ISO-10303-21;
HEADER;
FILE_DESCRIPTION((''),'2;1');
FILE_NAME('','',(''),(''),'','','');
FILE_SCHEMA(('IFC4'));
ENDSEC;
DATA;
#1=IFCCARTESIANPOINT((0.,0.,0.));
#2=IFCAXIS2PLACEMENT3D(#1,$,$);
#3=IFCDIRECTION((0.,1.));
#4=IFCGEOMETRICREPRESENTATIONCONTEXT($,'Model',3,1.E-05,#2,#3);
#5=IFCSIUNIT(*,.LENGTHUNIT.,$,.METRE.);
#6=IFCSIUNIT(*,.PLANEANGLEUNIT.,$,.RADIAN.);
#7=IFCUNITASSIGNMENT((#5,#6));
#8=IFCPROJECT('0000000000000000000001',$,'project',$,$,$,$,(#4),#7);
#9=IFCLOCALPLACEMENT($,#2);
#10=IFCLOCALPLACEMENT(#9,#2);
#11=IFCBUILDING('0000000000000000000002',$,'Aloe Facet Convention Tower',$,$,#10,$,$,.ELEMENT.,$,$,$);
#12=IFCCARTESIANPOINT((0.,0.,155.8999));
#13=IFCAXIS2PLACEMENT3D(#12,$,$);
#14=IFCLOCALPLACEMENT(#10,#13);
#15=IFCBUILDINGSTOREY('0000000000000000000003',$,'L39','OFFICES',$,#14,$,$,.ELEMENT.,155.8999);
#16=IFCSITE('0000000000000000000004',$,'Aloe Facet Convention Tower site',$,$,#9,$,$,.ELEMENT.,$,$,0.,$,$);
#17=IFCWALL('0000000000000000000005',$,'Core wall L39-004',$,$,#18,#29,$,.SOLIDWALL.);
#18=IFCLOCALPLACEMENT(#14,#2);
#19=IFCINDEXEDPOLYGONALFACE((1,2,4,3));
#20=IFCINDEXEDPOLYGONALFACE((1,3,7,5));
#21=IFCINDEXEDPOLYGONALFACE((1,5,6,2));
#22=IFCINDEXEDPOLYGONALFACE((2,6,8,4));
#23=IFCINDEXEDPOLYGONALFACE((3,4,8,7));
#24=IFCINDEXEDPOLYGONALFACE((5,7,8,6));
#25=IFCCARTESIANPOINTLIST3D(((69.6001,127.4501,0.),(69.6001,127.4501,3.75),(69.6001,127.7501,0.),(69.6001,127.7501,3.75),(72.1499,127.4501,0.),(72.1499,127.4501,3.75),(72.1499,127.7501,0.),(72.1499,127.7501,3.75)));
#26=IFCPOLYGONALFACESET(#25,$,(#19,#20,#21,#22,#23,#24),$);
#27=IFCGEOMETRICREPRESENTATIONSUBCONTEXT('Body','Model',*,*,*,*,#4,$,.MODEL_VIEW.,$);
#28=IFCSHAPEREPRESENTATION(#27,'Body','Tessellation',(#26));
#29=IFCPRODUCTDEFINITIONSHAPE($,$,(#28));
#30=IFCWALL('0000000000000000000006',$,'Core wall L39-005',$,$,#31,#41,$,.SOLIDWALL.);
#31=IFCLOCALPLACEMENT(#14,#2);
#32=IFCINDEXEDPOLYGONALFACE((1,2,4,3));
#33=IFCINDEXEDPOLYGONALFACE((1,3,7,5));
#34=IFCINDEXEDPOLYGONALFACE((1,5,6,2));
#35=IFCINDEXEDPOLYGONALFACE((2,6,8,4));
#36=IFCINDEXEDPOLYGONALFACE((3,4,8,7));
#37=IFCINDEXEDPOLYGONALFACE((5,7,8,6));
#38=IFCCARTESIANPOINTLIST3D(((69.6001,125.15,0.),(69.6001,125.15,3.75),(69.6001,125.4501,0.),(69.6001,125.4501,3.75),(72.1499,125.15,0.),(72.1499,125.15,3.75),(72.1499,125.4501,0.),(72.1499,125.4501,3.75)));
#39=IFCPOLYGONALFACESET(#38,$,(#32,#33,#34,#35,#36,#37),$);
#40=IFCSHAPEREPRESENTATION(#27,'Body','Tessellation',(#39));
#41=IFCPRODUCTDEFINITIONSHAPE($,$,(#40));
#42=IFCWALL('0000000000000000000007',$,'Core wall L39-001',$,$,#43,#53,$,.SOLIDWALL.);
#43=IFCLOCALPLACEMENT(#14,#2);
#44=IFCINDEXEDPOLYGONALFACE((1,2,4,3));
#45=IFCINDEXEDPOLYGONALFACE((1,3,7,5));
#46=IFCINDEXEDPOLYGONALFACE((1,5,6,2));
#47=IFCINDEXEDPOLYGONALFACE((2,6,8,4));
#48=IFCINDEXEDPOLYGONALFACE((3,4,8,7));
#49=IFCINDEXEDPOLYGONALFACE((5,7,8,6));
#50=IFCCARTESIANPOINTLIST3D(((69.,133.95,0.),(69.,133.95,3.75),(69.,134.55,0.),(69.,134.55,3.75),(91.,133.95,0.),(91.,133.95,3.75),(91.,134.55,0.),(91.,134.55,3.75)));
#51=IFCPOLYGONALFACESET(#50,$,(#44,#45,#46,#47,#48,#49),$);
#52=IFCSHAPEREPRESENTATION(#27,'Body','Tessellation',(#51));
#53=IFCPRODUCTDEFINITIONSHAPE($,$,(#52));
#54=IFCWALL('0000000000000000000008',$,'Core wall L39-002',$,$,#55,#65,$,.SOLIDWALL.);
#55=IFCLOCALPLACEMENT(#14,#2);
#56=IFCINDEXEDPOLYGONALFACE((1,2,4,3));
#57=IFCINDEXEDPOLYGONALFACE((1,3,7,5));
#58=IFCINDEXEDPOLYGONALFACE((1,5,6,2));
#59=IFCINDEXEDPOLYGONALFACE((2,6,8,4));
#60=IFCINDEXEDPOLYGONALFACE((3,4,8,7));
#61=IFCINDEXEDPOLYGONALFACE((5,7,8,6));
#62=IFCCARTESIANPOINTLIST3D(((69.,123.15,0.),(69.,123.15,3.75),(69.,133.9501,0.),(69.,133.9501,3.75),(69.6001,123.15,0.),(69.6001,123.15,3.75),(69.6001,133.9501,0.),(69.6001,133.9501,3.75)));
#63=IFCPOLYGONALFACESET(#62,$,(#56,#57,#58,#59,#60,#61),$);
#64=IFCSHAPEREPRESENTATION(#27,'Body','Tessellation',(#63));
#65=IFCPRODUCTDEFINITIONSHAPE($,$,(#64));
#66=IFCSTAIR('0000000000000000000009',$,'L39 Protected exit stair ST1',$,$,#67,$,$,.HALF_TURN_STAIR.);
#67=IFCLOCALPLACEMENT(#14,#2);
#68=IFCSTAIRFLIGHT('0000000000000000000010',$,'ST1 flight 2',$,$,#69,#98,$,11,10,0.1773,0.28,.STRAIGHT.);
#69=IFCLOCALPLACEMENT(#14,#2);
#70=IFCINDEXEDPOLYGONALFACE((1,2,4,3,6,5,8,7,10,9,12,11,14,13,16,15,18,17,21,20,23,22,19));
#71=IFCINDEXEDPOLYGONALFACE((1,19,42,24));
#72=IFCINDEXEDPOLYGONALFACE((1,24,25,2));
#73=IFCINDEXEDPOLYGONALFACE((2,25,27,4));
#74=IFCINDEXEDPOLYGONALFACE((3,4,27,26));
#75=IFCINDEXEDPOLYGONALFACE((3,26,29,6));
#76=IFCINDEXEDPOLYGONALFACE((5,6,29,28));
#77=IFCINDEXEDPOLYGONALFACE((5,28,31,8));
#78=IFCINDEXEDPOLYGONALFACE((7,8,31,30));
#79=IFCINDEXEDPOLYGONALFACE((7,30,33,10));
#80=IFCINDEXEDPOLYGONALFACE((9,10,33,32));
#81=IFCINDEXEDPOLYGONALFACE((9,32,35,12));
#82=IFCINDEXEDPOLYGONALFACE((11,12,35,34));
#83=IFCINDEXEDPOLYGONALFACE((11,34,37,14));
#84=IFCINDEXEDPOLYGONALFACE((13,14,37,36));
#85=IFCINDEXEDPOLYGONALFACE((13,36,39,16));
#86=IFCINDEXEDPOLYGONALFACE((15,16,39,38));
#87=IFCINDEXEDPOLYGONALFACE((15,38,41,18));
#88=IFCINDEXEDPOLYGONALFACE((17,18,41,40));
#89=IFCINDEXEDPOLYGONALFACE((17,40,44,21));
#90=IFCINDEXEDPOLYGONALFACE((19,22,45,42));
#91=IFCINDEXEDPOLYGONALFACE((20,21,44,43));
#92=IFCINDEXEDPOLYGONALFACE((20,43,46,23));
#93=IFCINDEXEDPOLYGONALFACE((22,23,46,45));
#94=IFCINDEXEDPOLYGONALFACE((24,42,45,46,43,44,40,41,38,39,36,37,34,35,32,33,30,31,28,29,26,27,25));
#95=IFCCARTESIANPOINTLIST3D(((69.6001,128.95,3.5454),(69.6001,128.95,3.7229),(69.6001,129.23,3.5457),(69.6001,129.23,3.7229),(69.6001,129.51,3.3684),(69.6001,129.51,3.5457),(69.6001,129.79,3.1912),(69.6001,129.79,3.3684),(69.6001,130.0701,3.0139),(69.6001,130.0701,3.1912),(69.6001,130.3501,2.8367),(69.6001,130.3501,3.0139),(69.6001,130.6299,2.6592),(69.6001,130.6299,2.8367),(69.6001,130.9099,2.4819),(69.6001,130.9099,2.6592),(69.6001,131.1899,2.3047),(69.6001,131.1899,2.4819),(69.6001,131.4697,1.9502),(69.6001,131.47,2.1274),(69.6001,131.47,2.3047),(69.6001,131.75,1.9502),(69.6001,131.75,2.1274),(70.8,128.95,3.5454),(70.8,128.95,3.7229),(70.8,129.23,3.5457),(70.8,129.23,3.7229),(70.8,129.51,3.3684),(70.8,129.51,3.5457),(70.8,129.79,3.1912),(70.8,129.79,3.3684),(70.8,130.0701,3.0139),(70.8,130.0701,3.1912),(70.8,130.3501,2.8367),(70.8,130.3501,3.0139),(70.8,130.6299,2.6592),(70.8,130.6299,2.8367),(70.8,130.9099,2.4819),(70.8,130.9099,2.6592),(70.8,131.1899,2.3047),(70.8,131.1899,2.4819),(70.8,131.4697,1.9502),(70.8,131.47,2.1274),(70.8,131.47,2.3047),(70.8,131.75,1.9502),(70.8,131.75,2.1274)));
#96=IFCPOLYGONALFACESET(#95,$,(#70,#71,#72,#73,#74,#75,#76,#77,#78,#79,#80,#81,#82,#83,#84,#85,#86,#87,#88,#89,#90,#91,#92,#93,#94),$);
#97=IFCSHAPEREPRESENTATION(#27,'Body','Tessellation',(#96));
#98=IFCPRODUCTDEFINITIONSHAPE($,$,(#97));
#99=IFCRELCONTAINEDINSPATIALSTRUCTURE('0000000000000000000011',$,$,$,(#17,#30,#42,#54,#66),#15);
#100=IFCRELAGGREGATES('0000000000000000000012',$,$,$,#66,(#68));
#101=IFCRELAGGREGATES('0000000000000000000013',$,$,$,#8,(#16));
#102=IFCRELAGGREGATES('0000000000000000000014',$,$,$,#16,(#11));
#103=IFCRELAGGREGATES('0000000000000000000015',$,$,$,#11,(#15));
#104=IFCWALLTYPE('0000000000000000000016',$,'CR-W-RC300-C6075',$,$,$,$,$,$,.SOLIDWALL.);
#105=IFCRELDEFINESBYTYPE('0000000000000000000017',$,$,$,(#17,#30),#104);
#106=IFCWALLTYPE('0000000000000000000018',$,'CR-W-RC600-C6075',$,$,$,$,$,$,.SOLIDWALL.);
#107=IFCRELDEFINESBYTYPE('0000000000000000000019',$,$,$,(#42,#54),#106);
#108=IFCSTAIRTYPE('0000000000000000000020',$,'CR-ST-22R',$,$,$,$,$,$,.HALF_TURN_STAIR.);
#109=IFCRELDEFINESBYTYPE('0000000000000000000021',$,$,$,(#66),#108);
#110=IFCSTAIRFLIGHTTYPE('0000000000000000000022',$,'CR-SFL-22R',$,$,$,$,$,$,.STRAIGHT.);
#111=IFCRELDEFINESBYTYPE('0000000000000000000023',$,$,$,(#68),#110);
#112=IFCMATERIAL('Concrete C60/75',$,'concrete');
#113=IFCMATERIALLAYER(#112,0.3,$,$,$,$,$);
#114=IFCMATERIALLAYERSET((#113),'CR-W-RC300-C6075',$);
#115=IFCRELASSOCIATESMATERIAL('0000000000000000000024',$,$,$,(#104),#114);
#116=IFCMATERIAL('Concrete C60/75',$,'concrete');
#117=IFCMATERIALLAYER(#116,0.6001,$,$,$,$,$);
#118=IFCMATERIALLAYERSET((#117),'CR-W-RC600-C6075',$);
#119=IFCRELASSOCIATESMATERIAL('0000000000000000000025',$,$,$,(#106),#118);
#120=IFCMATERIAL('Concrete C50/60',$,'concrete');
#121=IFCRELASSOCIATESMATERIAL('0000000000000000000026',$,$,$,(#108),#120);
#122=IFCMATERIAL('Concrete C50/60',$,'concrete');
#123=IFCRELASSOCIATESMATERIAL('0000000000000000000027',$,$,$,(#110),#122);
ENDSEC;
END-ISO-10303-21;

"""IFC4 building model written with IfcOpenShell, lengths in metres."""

from ifc_helpers import new_model, si_unit, direction, frame, frame_2d, origin, place, context, subcontext, project, spatial, polyline, rectangle, outline, extrude, material, layer, layer_set, type_object, element, aggregate, save


model = new_model("IFC4")

# Units and contexts
model_context = context("Model", 3, precision=1e-05, world=origin(), true_north=direction((0.0, 1.0)))
body_context = subcontext(model_context, "Body", "Model", "MODEL_VIEW")
ifc_project = project(units=[si_unit("LENGTHUNIT", "METRE"), si_unit("PLANEANGLEUNIT", "RADIAN")], contexts=[model_context])

# Site, building, storey
site_placement = place(None, origin())
site = spatial("IfcSite", under=ifc_project, at=site_placement, Name="Aloe Facet Convention Tower site", CompositionType="ELEMENT", RefElevation=0.0)
building_placement = place(site_placement, origin())
building = spatial("IfcBuilding", under=site, at=building_placement, Name="Aloe Facet Convention Tower", CompositionType="ELEMENT")
storey_placement = place(building_placement, frame((0.0, 0.0, 155.8999)))
storey = spatial("IfcBuildingStorey", under=building, at=storey_placement, Name="L39", Description="OFFICES", CompositionType="ELEMENT", Elevation=155.8999)

# Walls
ifc_material_1 = material(Name="Concrete C60/75", Category="concrete")
ifc_layer_1 = layer(ifc_material_1, 0.3)
ifc_layer_set_1 = layer_set([ifc_layer_1], Name="CR-W-RC300-C6075")
wall_type_1 = type_object("IfcWallType", Name="CR-W-RC300-C6075", PredefinedType="SOLIDWALL", material=ifc_layer_set_1)
for number, where, z_axis, x_axis, name in (
    (1, (69.6001, 127.6001, 0.0), (0.0, 0.0, 1.0), (1.0, 0.0, 0.0), "Core wall L39-004"),
    (2, (69.6001, 125.3, 0.0), (0.0, 0.0, 1.0), (1.0, 0.0, 0.0), "Core wall L39-005"),
):
    element("IfcWall", number, at=place(storey_placement, frame(where, z_axis=z_axis, x_axis=x_axis)), inside=storey, type_object=wall_type_1, Name=name, PredefinedType="SOLIDWALL", context=body_context, shape_type="SweptSolid", body=[
        extrude(rectangle(XDim=2.5498, YDim=0.3, at=frame_2d((1.2749, 0.0))), origin(), (0.0, 0.0, 1.0), 3.75),
    ])
ifc_material_2 = material(Name="Concrete C60/75", Category="concrete")
ifc_layer_2 = layer(ifc_material_2, 0.6001)
ifc_layer_set_2 = layer_set([ifc_layer_2], Name="CR-W-RC600-C6075")
wall_type_2 = type_object("IfcWallType", Name="CR-W-RC600-C6075", PredefinedType="SOLIDWALL", material=ifc_layer_set_2)
wall_1_placement = place(storey_placement, frame((69.0, 134.25, 0.0), z_axis=(0.0, 0.0, 1.0), x_axis=(1.0, 0.0, 0.0)))
element("IfcWall", 3, at=wall_1_placement, inside=storey, type_object=wall_type_2, Name="Core wall L39-001", PredefinedType="SOLIDWALL", context=body_context, shape_type="SweptSolid", body=[
    extrude(rectangle(XDim=22.0, YDim=0.6001, at=frame_2d((11.0, 0.0))), origin(), (0.0, 0.0, 1.0), 3.75),
])
wall_2_placement = place(storey_placement, frame((69.3, 133.95, 0.0), z_axis=(0.0, 0.0, 1.0), x_axis=(0.0, -1.0, 0.0)))
element("IfcWall", 4, at=wall_2_placement, inside=storey, type_object=wall_type_2, Name="Core wall L39-002", PredefinedType="SOLIDWALL", context=body_context, shape_type="SweptSolid", body=[
    extrude(rectangle(XDim=10.8, YDim=0.6001, at=frame_2d((5.3999, 0.0))), origin(), (0.0, 0.0, 1.0), 3.75),
])

# Stair, stair flight
ifc_material_3 = material(Name="Concrete C50/60", Category="concrete")
stair_type = type_object("IfcStairType", Name="CR-ST-22R", PredefinedType="HALF_TURN_STAIR", material=ifc_material_3)
stair_placement = place(storey_placement, origin())
stair = element("IfcStair", 5, at=stair_placement, inside=storey, type_object=stair_type, Name="L39 Protected exit stair ST1", PredefinedType="HALF_TURN_STAIR")
ifc_material_4 = material(Name="Concrete C50/60", Category="concrete")
stair_flight_type = type_object("IfcStairFlightType", Name="CR-SFL-22R", PredefinedType="STRAIGHT", material=ifc_material_4)
stair_flight_placement = place(storey_placement, frame((70.2, 131.75, 1.9502), z_axis=(0.0, 0.0, 1.0), x_axis=(0.0, -1.0, 0.0)))
stair_flight = element("IfcStairFlight", 6, at=stair_flight_placement, type_object=stair_flight_type, Name="ST1 flight 2", NumberOfRisers=11, NumberOfTreads=10, PredefinedType="STRAIGHT", RiserHeight=0.1773, TreadLength=0.28, context=body_context, shape_type="SweptSolid", body=[
    extrude(outline(polyline([(0.0, 0.0), (0.0, 0.1772), (0.28, 0.1772), (0.28, 0.3545), (0.5601, 0.3545), (0.5601, 0.5317), (0.8401, 0.5317), (0.8401, 0.709), (1.1201, 0.709), (1.1201, 0.8865), (1.3999, 0.8865), (1.3999, 1.0637), (1.6799, 1.0637), (1.6799, 1.241), (1.96, 1.241), (1.96, 1.4182), (2.24, 1.4182), (2.24, 1.5955), (2.52, 1.5955), (2.52, 1.7727), (2.8, 1.7727), (2.8, 1.95), (2.8, 1.5952), (0.2803, 0.0), (0.0, 0.0)])), frame((0.0, 0.6001, 0.0), z_axis=(0.0, -1.0, 0.0), x_axis=(1.0, 0.0, 0.0)), (0.0, 0.0, 1.0), 1.2),
])
aggregate(stair, [stair_flight])

save(model, "model.ifc")
